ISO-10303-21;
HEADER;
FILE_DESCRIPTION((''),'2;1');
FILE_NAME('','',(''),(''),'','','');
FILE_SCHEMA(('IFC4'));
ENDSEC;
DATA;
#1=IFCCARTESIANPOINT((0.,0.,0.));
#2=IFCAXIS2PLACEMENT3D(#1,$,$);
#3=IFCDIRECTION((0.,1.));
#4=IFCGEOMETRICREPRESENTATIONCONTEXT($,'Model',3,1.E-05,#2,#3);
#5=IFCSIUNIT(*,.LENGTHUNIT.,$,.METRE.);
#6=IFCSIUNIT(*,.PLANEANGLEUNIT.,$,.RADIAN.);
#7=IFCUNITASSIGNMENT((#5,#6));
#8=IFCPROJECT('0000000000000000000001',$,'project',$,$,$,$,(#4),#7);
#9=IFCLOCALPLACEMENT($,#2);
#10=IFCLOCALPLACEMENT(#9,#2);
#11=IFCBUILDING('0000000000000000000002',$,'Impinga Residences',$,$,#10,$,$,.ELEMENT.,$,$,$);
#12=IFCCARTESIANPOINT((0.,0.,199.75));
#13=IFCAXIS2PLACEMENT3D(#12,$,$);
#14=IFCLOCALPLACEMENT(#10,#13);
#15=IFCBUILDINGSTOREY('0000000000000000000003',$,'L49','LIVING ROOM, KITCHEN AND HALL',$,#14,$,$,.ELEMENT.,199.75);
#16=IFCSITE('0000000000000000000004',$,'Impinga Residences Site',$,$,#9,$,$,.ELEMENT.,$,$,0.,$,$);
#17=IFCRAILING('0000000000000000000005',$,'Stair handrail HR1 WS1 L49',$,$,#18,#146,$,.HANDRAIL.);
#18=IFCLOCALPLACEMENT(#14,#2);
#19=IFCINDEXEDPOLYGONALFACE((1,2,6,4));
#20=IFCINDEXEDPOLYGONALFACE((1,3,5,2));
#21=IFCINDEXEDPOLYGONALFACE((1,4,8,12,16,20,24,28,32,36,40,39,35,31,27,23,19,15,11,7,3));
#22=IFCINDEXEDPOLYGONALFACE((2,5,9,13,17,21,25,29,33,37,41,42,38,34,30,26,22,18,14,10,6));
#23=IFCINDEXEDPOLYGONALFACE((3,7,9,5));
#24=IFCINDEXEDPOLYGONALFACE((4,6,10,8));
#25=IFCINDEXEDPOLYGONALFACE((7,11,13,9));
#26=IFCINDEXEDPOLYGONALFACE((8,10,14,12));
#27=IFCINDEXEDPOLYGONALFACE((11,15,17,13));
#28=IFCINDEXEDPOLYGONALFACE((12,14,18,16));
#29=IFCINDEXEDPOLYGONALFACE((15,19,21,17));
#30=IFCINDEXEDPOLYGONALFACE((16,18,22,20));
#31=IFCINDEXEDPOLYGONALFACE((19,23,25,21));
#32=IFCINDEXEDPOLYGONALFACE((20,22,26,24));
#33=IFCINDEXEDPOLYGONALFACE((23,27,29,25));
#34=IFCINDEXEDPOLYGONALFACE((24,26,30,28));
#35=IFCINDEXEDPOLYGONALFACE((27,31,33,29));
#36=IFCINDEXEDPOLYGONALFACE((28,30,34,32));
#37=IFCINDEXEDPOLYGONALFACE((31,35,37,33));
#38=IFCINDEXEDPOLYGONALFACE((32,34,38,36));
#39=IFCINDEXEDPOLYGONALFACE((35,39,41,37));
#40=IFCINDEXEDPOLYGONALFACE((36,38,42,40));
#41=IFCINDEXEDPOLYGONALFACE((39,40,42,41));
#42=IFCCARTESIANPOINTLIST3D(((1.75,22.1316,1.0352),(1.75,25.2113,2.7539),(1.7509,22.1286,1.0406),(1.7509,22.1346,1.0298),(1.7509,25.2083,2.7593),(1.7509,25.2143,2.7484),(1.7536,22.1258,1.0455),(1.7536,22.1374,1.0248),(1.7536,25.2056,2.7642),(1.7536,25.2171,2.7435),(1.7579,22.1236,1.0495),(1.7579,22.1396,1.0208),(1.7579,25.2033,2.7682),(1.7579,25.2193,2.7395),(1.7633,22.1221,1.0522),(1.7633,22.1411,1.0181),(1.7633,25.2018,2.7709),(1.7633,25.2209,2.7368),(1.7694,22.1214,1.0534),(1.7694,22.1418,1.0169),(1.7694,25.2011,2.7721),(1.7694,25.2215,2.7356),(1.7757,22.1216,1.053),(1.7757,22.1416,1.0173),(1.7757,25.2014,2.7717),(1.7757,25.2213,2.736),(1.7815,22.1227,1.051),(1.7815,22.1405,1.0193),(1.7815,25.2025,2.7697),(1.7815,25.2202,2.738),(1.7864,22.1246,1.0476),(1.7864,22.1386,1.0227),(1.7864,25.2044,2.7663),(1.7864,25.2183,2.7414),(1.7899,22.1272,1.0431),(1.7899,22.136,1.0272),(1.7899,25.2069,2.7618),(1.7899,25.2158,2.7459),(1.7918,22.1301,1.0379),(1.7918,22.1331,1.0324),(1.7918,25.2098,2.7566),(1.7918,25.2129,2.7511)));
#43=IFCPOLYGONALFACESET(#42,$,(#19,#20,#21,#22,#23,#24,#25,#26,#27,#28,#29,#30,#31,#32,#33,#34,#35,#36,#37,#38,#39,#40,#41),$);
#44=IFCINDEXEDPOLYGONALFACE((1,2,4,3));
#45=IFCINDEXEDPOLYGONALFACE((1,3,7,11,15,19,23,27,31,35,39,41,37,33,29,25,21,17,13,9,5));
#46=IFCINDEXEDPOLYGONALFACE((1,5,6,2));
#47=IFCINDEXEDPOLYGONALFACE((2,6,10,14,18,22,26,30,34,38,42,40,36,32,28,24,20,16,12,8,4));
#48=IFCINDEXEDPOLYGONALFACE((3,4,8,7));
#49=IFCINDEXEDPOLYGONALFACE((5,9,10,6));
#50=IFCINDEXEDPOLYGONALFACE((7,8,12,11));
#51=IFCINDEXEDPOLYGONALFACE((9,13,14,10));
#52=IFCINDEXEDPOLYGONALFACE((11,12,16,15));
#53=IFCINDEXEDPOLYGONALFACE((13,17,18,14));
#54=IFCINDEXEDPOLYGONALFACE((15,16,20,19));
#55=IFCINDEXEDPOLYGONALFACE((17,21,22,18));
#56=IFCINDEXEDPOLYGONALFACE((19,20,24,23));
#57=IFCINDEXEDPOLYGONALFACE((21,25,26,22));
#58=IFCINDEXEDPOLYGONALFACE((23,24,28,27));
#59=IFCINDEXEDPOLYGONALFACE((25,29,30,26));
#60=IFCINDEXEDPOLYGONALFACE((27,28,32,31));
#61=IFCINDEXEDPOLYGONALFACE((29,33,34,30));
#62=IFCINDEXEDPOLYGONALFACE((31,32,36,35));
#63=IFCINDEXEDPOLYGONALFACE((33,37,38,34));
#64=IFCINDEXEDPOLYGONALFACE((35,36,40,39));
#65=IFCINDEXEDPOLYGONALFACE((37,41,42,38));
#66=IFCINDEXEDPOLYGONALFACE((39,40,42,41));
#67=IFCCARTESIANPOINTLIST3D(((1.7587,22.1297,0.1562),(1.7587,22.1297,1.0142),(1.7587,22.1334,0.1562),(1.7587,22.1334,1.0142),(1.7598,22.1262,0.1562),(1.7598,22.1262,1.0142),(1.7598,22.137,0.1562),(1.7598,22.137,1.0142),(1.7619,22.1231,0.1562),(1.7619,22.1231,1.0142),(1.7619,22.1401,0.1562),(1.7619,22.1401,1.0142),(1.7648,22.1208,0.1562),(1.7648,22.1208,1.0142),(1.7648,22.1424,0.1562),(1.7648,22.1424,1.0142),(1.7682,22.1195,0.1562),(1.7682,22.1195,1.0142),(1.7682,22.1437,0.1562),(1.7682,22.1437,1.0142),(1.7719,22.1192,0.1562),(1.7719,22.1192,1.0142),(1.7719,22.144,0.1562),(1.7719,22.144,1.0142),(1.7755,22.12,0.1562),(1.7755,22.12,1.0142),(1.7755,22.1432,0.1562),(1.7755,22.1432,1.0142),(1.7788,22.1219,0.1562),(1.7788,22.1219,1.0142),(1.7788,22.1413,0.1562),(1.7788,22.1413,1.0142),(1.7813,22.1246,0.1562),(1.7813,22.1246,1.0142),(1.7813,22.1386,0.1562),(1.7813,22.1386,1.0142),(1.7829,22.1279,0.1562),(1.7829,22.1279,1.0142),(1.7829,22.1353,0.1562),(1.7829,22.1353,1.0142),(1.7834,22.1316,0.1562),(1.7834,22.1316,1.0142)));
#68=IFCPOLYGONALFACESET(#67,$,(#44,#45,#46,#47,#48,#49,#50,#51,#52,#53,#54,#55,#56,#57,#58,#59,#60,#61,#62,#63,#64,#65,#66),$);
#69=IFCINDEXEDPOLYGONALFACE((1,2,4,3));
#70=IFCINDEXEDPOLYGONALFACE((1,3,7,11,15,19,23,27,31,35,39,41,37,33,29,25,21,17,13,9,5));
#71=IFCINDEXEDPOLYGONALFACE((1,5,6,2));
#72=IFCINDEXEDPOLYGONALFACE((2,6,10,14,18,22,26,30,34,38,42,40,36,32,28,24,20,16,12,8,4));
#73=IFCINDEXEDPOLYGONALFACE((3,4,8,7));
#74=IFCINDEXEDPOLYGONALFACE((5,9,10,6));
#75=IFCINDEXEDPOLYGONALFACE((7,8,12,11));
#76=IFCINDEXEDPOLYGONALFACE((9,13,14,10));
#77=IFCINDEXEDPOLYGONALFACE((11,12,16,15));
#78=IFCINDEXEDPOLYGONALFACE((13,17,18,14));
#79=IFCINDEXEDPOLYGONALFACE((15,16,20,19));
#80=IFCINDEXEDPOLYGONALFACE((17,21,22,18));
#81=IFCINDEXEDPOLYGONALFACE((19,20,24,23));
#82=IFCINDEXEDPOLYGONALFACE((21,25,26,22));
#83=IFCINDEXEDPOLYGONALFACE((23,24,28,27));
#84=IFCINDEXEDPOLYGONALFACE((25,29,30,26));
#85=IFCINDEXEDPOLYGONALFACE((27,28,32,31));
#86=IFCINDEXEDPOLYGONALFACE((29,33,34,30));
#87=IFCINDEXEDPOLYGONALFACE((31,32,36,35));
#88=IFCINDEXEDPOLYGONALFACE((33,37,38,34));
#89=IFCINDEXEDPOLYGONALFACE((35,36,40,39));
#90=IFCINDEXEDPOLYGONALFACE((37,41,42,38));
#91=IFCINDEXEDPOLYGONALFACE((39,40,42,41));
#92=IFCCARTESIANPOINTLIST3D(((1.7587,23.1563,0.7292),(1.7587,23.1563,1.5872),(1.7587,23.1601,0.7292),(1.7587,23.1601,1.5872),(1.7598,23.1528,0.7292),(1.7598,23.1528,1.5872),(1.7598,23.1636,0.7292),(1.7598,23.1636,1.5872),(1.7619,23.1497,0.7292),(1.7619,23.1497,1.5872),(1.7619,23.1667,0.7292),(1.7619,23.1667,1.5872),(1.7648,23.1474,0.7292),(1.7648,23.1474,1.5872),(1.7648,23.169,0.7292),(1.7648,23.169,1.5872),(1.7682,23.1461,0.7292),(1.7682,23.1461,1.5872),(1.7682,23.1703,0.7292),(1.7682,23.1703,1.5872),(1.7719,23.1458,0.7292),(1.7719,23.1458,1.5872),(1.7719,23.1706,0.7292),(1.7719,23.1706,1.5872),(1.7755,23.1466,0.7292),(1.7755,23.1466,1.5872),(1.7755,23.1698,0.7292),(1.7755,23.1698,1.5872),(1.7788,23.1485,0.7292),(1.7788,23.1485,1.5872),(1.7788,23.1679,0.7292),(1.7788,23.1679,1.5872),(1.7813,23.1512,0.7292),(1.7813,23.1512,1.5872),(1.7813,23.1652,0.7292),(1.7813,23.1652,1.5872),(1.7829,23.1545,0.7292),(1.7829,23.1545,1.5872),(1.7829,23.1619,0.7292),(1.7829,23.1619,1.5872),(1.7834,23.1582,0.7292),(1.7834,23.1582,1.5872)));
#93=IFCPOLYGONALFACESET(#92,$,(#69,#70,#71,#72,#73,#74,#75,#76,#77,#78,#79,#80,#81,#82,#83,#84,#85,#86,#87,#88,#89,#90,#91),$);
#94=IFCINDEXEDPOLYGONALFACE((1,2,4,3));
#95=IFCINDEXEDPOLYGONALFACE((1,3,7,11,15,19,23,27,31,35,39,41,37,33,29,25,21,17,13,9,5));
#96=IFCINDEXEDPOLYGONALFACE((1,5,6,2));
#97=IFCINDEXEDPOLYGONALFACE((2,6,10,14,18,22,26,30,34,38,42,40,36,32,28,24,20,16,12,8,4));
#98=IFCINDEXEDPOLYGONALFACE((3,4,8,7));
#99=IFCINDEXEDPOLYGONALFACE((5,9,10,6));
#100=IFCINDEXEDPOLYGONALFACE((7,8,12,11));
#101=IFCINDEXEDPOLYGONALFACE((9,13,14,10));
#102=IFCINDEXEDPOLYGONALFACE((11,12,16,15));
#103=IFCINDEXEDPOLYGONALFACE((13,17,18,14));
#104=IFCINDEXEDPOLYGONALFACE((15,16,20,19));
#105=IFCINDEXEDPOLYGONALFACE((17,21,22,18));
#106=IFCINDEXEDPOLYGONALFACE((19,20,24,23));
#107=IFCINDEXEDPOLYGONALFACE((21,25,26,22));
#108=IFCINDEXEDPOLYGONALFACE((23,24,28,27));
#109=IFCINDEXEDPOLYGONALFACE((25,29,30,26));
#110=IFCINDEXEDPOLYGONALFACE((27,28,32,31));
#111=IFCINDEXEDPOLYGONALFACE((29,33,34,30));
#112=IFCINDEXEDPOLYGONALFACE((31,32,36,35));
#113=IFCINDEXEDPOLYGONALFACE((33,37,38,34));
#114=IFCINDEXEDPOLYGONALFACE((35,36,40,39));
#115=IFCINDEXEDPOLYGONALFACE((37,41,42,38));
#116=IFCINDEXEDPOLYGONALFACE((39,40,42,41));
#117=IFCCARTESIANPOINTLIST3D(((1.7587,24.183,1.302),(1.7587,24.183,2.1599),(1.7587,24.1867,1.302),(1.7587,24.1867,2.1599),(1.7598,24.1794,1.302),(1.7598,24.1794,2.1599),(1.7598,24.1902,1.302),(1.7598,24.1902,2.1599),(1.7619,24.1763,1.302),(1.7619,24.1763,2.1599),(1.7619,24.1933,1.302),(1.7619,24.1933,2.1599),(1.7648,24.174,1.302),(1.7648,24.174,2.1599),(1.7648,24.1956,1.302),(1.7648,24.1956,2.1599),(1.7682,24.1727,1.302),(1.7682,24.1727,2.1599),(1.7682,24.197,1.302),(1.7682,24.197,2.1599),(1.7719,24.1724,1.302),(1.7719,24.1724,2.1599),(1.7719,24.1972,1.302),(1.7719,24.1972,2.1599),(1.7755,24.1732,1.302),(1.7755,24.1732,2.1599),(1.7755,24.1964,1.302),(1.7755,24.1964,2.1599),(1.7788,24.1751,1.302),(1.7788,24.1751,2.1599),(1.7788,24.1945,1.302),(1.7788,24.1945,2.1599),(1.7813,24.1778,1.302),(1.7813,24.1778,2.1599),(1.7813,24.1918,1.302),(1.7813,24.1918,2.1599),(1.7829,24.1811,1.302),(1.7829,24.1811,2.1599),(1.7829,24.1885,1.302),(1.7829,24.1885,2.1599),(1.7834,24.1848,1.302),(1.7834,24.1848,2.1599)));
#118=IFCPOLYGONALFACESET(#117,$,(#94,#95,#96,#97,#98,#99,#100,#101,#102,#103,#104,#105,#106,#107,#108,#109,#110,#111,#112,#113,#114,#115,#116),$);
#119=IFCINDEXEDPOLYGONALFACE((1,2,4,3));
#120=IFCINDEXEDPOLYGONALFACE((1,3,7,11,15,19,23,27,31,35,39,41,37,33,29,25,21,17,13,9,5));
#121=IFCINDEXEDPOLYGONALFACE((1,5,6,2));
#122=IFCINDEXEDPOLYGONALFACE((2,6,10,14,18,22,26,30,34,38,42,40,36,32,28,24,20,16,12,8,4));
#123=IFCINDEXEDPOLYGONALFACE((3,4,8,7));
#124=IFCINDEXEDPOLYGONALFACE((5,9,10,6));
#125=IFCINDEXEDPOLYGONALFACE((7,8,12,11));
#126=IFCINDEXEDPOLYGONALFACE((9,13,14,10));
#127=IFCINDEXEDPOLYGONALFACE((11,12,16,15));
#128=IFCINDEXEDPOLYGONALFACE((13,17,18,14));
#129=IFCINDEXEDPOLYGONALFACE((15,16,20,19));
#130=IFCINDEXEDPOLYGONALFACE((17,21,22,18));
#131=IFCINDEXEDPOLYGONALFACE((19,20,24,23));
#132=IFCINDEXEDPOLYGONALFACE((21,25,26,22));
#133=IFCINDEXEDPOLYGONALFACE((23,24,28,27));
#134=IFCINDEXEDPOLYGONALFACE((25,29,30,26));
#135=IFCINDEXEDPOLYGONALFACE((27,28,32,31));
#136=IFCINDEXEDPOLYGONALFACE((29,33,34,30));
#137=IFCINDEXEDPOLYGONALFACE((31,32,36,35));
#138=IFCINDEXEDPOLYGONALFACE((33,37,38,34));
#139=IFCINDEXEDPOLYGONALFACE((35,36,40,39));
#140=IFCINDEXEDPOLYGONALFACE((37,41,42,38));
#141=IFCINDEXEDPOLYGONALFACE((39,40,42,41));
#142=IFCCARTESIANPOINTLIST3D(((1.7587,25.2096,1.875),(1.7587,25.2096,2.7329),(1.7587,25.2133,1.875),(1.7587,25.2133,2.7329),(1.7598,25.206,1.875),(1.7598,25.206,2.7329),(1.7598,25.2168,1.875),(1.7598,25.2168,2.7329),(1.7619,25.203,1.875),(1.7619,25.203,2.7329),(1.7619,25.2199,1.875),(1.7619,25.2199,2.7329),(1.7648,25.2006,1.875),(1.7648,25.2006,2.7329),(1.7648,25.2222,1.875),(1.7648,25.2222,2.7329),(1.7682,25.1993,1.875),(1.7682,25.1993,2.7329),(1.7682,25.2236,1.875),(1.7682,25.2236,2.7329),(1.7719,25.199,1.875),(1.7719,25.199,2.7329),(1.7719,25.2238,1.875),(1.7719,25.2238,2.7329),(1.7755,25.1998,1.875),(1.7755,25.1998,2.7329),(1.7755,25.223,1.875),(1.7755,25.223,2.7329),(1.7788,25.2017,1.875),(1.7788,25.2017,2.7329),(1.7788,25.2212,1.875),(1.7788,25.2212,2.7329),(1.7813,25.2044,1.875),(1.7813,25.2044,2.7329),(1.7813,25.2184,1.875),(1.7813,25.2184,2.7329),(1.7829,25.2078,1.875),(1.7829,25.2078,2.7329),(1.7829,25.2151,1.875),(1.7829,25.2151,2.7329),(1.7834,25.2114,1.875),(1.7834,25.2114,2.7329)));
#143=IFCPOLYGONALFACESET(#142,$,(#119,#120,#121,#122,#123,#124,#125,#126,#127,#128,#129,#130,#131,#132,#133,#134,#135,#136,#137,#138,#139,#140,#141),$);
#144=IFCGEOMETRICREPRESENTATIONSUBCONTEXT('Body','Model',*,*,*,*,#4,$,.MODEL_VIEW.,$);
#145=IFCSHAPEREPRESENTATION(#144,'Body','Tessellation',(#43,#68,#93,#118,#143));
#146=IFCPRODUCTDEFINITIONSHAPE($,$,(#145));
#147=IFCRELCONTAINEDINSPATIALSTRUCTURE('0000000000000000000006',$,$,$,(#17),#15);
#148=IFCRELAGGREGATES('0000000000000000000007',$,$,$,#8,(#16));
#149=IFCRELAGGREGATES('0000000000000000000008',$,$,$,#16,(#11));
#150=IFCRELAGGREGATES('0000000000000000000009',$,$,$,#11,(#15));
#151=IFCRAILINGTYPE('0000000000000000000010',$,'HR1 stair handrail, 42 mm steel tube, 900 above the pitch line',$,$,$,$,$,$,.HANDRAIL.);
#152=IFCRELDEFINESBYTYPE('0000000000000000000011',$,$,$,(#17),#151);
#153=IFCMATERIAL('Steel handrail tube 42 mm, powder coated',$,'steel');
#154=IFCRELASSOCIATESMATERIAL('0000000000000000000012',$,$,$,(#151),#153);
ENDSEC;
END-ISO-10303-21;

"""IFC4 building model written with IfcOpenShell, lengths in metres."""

from ifc_helpers import new_model, si_unit, direction, frame, origin, origin_2d, place, context, subcontext, project, spatial, circle, extrude, material, type_object, element, save


model = new_model("IFC4")

# Units and contexts
model_context = context("Model", 3, precision=1e-05, world=origin(), true_north=direction((0.0, 1.0)))
body_context = subcontext(model_context, "Body", "Model", "MODEL_VIEW")
ifc_project = project(units=[si_unit("LENGTHUNIT", "METRE"), si_unit("PLANEANGLEUNIT", "RADIAN")], contexts=[model_context])

# Site, building, storey
site_placement = place(None, origin())
site = spatial("IfcSite", under=ifc_project, at=site_placement, Name="Impinga Residences Site", CompositionType="ELEMENT", RefElevation=0.0)
building_placement = place(site_placement, origin())
building = spatial("IfcBuilding", under=site, at=building_placement, Name="Impinga Residences", CompositionType="ELEMENT")
storey_placement = place(building_placement, frame((0.0, 0.0, 199.75)))
storey = spatial("IfcBuildingStorey", under=building, at=storey_placement, Name="L49", Description="LIVING ROOM, KITCHEN AND HALL", CompositionType="ELEMENT", Elevation=199.75)

# Railing
ifc_material_1 = material(Name="Steel handrail tube 42 mm, powder coated", Category="steel")
railing_type_1 = type_object("IfcRailingType", Name="HR1 stair handrail, 42 mm steel tube, 900 above the pitch line", PredefinedType="HANDRAIL", material=ifc_material_1)
railing_1_placement = place(storey_placement, frame((1.771, 22.1316, 0.1562)))
element("IfcRailing", 1, at=railing_1_placement, inside=storey, type_object=railing_type_1, Name="Stair handrail HR1 WS1 L49", PredefinedType="HANDRAIL", context=body_context, shape_type="SweptSolid", body=[
    extrude(circle(Radius=0.021, at=origin_2d()), frame((0.0, 0.0, 0.8789), z_axis=(0.0, 0.873225, 0.487317), x_axis=(-1.0, 0.0, 0.0)), (0.0, 0.0, 1.0), 3.5269),
    extrude(circle(Radius=0.0125, at=origin_2d()), origin(), (0.0, 0.0, 1.0), 0.8579),
    extrude(circle(Radius=0.0125, at=origin_2d()), frame((0.0, 1.0266, 0.573)), (0.0, 0.0, 1.0), 0.8579),
    extrude(circle(Radius=0.0125, at=origin_2d()), frame((0.0, 2.0532, 1.1458)), (0.0, 0.0, 1.0), 0.8579),
    extrude(circle(Radius=0.0125, at=origin_2d()), frame((0.0, 3.0798, 1.7188)), (0.0, 0.0, 1.0), 0.8579),
])

save(model, "model.ifc")
